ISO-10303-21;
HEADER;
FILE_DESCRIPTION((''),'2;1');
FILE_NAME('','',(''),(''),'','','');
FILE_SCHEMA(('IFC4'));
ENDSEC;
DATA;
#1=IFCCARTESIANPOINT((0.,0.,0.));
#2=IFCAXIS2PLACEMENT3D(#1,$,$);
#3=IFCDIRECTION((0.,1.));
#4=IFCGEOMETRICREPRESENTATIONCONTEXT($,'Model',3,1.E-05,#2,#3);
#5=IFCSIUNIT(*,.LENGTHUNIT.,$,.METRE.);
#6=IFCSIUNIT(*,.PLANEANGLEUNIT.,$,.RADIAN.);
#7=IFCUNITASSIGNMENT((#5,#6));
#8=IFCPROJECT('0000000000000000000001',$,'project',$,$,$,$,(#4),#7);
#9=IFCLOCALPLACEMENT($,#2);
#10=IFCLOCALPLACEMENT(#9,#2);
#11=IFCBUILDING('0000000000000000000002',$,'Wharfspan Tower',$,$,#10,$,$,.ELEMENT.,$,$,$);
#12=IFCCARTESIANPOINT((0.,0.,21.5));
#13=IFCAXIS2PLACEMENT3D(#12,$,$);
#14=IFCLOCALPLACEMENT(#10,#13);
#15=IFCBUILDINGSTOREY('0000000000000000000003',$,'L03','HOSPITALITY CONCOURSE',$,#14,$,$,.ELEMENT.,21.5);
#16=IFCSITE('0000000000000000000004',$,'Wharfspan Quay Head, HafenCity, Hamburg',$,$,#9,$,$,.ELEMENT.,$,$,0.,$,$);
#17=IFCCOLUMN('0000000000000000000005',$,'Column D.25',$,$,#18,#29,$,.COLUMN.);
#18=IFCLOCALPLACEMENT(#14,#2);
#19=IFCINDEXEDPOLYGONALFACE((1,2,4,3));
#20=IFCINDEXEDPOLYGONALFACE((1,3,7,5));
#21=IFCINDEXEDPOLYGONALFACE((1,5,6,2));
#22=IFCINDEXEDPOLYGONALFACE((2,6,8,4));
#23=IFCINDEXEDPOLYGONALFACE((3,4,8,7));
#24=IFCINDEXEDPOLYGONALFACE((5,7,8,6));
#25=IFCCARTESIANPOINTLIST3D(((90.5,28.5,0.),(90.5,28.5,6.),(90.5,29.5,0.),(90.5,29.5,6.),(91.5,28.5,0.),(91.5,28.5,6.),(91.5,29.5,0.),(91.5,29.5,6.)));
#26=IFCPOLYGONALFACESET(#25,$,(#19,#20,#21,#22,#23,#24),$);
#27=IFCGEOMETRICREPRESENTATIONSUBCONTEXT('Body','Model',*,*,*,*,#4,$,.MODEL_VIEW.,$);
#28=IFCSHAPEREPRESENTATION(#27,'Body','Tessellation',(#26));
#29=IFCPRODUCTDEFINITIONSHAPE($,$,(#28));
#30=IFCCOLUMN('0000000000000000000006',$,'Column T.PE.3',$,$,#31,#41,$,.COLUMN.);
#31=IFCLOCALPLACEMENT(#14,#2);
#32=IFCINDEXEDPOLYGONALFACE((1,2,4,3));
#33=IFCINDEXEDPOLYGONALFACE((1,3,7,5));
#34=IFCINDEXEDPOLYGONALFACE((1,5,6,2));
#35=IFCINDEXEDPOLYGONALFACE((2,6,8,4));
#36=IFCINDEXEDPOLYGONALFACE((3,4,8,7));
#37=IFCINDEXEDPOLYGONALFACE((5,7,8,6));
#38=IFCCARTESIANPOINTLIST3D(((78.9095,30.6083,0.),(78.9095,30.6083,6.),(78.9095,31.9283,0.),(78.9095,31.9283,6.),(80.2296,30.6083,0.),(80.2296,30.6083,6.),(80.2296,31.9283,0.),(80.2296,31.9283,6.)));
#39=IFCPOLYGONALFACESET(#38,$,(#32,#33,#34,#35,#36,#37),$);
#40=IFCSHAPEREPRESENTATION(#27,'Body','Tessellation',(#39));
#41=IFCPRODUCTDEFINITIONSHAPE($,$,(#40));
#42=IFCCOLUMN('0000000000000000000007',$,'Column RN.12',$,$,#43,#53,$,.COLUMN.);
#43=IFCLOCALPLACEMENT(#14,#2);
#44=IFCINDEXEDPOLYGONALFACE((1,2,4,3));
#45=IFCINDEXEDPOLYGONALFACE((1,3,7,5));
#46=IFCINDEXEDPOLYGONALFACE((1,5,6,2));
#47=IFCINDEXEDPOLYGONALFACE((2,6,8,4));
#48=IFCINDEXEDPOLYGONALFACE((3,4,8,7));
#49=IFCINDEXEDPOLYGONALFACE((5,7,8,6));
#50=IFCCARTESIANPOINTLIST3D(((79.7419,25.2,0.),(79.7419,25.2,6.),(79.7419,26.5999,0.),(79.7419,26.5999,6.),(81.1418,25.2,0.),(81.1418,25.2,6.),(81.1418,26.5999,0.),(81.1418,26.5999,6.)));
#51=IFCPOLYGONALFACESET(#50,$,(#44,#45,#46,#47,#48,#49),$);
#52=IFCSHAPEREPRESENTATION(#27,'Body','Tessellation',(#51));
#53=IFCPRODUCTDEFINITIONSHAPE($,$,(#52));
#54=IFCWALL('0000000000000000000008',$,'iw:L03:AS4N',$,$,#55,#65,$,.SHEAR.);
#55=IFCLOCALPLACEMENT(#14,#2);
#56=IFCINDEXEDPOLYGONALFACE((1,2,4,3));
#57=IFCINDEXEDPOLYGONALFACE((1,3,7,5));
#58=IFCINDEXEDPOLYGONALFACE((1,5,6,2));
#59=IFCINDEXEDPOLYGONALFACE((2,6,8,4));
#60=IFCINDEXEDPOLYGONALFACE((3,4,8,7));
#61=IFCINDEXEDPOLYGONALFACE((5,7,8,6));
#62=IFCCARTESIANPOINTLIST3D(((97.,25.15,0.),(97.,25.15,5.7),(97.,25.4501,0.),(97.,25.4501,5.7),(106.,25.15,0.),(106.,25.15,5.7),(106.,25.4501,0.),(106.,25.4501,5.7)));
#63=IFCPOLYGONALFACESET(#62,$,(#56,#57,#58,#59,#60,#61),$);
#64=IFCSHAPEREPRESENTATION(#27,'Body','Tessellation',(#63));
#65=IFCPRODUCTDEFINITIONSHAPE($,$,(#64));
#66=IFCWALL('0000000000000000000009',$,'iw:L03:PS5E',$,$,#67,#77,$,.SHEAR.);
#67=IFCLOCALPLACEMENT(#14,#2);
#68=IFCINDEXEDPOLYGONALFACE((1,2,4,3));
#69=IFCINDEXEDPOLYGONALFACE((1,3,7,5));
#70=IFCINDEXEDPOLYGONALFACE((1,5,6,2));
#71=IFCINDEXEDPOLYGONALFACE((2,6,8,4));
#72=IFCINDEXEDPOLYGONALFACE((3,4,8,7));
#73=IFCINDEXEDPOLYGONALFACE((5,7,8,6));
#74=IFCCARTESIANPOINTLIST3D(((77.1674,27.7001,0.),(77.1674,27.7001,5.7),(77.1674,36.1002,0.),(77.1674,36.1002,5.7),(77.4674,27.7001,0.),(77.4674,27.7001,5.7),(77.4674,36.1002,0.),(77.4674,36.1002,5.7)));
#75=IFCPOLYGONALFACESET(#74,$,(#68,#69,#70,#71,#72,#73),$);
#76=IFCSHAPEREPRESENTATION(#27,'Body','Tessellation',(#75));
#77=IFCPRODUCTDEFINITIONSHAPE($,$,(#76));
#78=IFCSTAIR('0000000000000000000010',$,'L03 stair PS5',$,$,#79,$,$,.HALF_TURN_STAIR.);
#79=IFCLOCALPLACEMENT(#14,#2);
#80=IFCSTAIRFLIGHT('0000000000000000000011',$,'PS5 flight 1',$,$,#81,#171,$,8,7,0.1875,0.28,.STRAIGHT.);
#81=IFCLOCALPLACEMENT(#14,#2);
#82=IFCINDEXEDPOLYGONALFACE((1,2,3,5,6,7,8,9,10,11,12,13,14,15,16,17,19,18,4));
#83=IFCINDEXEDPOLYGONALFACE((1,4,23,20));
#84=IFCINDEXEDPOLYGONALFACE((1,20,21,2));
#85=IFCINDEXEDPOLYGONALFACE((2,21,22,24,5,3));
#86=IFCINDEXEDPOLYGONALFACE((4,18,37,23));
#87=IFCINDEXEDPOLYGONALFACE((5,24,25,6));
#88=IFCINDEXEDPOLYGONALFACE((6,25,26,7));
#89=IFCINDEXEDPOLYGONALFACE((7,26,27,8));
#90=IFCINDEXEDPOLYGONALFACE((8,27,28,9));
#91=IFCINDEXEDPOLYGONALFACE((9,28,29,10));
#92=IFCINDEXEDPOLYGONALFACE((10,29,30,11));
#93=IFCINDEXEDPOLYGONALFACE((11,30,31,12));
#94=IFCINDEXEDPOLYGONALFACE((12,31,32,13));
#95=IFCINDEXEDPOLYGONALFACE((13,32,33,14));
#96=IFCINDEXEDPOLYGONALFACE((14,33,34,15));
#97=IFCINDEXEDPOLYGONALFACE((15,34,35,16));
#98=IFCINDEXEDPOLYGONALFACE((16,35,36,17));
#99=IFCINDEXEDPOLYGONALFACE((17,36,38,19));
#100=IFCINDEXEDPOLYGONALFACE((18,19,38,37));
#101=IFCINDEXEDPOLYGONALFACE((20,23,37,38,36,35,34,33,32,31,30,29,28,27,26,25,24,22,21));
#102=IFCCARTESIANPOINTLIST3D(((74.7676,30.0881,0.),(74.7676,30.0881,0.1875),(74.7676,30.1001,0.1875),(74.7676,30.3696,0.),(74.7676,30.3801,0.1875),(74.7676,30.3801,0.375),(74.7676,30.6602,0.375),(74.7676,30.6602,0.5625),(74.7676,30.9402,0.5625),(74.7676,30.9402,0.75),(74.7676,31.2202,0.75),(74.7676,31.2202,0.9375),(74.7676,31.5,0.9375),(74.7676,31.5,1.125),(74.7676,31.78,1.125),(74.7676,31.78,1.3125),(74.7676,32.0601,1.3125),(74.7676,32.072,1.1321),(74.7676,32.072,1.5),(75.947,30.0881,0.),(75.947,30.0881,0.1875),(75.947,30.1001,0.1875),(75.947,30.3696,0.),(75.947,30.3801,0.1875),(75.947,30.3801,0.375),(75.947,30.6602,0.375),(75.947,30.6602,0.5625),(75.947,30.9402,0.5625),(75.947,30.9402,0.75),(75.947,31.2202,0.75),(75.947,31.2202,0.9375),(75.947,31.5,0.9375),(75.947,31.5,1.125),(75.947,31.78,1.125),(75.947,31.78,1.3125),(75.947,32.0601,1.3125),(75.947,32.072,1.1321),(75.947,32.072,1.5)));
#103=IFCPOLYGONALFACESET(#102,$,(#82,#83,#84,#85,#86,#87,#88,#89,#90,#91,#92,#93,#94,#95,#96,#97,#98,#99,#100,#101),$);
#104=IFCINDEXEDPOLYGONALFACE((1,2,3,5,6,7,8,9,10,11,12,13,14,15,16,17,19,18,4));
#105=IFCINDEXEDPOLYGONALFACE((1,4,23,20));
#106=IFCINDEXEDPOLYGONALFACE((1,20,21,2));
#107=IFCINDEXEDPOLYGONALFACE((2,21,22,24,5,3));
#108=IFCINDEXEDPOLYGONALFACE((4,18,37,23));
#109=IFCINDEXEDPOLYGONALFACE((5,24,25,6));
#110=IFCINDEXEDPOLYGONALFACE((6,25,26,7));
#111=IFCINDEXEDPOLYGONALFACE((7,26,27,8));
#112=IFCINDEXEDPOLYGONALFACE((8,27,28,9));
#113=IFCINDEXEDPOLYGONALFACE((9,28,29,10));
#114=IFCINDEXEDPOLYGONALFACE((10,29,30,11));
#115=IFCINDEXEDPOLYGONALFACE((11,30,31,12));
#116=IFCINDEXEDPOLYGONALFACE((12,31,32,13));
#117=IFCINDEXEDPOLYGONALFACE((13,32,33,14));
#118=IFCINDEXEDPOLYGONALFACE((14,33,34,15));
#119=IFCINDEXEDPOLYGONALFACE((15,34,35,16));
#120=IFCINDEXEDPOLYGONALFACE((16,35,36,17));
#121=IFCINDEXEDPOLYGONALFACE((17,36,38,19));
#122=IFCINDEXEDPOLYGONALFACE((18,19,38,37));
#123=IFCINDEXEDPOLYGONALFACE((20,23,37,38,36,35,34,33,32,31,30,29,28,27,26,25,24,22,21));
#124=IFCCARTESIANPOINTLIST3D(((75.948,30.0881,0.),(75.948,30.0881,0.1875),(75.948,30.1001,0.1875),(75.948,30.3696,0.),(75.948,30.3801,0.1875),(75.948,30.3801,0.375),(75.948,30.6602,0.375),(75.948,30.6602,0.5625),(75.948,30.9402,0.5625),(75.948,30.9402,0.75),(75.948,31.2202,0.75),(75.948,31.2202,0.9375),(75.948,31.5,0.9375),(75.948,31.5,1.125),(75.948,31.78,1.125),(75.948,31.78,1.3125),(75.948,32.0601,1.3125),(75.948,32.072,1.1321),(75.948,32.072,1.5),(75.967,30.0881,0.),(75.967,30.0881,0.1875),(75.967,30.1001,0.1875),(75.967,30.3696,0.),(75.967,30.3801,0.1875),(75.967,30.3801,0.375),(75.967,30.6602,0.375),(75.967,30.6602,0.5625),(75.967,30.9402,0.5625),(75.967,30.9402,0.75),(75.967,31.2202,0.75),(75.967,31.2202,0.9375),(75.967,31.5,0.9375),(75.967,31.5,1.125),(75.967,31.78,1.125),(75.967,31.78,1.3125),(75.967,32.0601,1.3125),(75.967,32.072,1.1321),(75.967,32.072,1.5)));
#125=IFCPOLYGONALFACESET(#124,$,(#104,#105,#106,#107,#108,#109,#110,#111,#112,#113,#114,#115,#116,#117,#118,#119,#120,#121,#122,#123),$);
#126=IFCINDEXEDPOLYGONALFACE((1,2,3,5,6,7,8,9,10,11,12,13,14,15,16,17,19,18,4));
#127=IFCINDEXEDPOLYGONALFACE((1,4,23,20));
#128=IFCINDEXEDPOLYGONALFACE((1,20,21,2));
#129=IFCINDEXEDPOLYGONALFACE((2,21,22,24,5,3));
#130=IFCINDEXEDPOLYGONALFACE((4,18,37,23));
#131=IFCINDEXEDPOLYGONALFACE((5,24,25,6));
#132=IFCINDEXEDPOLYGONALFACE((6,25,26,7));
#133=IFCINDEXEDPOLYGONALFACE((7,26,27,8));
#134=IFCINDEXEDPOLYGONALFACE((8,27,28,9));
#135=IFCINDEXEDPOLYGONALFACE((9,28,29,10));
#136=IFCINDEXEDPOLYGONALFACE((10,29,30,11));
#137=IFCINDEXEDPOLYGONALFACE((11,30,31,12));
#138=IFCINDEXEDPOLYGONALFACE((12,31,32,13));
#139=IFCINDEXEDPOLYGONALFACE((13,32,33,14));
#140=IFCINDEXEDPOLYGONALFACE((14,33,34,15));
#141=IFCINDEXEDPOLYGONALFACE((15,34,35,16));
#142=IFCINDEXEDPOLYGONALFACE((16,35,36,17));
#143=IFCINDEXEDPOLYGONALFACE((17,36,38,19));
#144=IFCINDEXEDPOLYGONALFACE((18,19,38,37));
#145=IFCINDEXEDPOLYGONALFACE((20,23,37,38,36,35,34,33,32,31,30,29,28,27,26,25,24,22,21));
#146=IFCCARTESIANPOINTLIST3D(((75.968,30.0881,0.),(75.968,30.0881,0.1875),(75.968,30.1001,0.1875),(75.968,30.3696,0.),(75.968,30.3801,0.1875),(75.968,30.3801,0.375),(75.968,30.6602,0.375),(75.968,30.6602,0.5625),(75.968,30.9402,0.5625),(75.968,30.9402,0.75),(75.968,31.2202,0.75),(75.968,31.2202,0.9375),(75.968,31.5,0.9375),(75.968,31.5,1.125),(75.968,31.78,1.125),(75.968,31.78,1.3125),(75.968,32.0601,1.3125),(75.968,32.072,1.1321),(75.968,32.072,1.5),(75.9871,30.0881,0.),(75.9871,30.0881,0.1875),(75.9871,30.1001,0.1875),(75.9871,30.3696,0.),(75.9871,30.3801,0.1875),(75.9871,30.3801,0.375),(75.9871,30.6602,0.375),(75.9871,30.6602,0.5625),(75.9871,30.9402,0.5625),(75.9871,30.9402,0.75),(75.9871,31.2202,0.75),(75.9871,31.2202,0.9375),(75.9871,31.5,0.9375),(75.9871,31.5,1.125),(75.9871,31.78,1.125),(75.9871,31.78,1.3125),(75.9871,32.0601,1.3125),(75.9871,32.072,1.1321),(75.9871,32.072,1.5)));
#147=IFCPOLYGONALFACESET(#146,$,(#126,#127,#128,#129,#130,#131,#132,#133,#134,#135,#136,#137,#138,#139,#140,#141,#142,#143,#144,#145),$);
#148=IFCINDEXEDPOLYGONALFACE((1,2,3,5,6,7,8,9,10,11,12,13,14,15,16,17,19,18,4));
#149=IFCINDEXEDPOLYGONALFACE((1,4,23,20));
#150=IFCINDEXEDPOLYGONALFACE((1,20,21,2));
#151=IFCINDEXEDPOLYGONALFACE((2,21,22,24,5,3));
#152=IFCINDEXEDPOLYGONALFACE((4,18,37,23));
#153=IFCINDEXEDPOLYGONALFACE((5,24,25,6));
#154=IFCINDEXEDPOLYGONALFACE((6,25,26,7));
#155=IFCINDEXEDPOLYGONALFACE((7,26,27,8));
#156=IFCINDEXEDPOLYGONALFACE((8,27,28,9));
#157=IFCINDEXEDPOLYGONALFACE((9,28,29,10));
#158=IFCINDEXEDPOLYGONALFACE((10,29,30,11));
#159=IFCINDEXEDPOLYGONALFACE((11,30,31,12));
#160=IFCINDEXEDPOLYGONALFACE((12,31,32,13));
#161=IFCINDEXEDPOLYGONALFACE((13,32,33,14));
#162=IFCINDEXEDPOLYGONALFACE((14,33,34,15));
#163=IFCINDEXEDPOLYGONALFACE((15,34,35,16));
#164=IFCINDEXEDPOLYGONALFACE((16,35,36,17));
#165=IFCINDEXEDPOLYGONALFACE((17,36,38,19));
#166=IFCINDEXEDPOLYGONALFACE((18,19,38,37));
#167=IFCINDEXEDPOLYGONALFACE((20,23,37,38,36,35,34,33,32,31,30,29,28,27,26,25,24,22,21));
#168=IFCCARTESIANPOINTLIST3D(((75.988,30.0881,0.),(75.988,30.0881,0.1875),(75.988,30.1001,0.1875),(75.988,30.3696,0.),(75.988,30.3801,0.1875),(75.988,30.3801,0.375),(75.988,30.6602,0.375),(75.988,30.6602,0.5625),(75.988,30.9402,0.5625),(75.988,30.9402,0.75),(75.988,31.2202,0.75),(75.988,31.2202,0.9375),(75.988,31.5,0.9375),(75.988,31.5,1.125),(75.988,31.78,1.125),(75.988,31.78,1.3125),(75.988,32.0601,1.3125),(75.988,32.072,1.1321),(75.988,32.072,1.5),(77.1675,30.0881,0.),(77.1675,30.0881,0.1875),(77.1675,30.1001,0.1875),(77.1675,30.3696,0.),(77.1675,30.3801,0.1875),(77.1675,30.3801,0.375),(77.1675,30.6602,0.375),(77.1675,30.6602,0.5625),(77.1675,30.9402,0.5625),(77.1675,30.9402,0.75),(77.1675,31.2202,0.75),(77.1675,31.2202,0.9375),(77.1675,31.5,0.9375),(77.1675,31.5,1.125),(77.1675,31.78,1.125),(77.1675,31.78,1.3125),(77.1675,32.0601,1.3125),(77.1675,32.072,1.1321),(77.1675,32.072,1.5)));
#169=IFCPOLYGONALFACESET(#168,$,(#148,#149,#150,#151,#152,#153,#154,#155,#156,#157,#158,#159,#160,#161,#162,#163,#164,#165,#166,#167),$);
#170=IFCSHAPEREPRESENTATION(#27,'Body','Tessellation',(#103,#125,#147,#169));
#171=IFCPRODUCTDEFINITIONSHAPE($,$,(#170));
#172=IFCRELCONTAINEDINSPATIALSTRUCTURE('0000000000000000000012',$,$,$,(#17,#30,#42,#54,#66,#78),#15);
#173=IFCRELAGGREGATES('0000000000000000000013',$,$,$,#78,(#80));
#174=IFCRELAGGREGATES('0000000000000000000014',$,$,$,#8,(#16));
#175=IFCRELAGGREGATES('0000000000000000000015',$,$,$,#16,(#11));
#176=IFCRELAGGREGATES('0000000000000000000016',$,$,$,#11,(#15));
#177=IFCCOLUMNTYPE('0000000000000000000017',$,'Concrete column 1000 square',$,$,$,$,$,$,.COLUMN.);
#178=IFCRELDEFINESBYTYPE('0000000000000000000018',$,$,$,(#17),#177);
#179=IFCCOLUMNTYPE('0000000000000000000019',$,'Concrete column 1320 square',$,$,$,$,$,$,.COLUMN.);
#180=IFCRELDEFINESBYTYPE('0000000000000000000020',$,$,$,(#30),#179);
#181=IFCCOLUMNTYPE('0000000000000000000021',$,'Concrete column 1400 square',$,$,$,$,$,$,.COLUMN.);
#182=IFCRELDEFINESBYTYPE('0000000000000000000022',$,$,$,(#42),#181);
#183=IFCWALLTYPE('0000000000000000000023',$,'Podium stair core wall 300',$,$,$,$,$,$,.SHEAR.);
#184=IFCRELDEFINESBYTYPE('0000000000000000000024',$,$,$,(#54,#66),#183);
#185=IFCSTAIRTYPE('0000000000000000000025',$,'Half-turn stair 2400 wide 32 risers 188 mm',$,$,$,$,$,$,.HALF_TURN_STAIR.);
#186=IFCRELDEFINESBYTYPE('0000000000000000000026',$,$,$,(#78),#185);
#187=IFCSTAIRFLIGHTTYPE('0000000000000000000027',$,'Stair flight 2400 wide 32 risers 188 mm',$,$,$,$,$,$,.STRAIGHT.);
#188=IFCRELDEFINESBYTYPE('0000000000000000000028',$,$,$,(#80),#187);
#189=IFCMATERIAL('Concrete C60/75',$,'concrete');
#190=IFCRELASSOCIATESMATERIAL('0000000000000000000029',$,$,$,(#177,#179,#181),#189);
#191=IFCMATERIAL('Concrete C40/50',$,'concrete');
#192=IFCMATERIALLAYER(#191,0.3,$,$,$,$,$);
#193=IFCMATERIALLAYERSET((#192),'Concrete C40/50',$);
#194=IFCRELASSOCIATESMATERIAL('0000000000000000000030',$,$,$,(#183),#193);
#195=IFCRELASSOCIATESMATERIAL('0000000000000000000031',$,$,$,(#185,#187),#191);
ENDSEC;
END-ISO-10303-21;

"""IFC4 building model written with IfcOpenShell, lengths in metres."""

from ifc_helpers import new_model, si_unit, direction, frame, frame_2d, origin, origin_2d, place, context, subcontext, project, spatial, polyline, rectangle, outline, extrude, material, layer, layer_set, material_profile, profile_set, type_object, element, aggregate, save


model = new_model("IFC4")

# Units and contexts
model_context = context("Model", 3, precision=1e-05, world=origin(), true_north=direction((0.0, 1.0)))
body_context = subcontext(model_context, "Body", "Model", "MODEL_VIEW")
ifc_project = project(units=[si_unit("LENGTHUNIT", "METRE"), si_unit("PLANEANGLEUNIT", "RADIAN")], contexts=[model_context])

# Site, building, storey
site_placement = place(None, origin())
site = spatial("IfcSite", under=ifc_project, at=site_placement, Name="Wharfspan Quay Head, HafenCity, Hamburg", CompositionType="ELEMENT", RefElevation=0.0)
building_placement = place(site_placement, origin())
building = spatial("IfcBuilding", under=site, at=building_placement, Name="Wharfspan Tower", CompositionType="ELEMENT")
storey_placement = place(building_placement, frame((0.0, 0.0, 21.5)))
storey = spatial("IfcBuildingStorey", under=building, at=storey_placement, Name="L03", Description="HOSPITALITY CONCOURSE", CompositionType="ELEMENT", Elevation=21.5)

# Columns
ifc_material_1 = material(Name="Concrete C60/75", Category="concrete")
ifc_material_profile_1 = material_profile(ifc_material_1, rectangle(XDim=1.0, YDim=1.0, at=origin_2d()))
ifc_profile_set_1 = profile_set([ifc_material_profile_1], Name="Concrete C60/75")
column_type_1 = type_object("IfcColumnType", Name="Concrete column 1000 square", PredefinedType="COLUMN", material=ifc_profile_set_1)
column_1_placement = place(storey_placement, frame((91.0, 29.0, 0.0), z_axis=(0.0, 0.0, 1.0), x_axis=(1.0, 0.0, 0.0)))
element("IfcColumn", 1, at=column_1_placement, inside=storey, type_object=column_type_1, Name="Column D.25", PredefinedType="COLUMN", context=body_context, shape_type="SweptSolid", body=[
    extrude(rectangle(XDim=1.0, YDim=1.0, at=origin_2d()), origin(), (0.0, 0.0, 1.0), 6.0),
])
ifc_material_profile_2 = material_profile(ifc_material_1, rectangle(XDim=1.3201, YDim=1.3201, at=origin_2d()))
ifc_profile_set_2 = profile_set([ifc_material_profile_2], Name="Concrete C60/75")
column_type_2 = type_object("IfcColumnType", Name="Concrete column 1320 square", PredefinedType="COLUMN", material=ifc_profile_set_2)
column_2_placement = place(storey_placement, frame((79.5696, 31.2683, 0.0), z_axis=(0.0, 0.0, 1.0), x_axis=(1.0, 0.0, 0.0)))
element("IfcColumn", 2, at=column_2_placement, inside=storey, type_object=column_type_2, Name="Column T.PE.3", PredefinedType="COLUMN", context=body_context, shape_type="SweptSolid", body=[
    extrude(rectangle(XDim=1.3201, YDim=1.3201, at=origin_2d()), origin(), (0.0, 0.0, 1.0), 6.0),
])
ifc_material_profile_3 = material_profile(ifc_material_1, rectangle(XDim=1.3999, YDim=1.3999, at=origin_2d()))
ifc_profile_set_3 = profile_set([ifc_material_profile_3], Name="Concrete C60/75")
column_type_3 = type_object("IfcColumnType", Name="Concrete column 1400 square", PredefinedType="COLUMN", material=ifc_profile_set_3)
column_3_placement = place(storey_placement, frame((80.4419, 25.8999, 0.0), z_axis=(0.0, 0.0, 1.0), x_axis=(1.0, 0.0, 0.0)))
element("IfcColumn", 3, at=column_3_placement, inside=storey, type_object=column_type_3, Name="Column RN.12", PredefinedType="COLUMN", context=body_context, shape_type="SweptSolid", body=[
    extrude(rectangle(XDim=1.3999, YDim=1.3999, at=origin_2d()), origin(), (0.0, 0.0, 1.0), 6.0),
])

# Walls
ifc_material_2 = material(Name="Concrete C40/50", Category="concrete")
ifc_layer = layer(ifc_material_2, 0.3)
ifc_layer_set = layer_set([ifc_layer], Name="Concrete C40/50")
wall_type = type_object("IfcWallType", Name="Podium stair core wall 300", PredefinedType="SHEAR", material=ifc_layer_set)
wall_1_placement = place(storey_placement, frame((97.0, 25.3, 0.0), z_axis=(0.0, 0.0, 1.0), x_axis=(1.0, 0.0, 0.0)))
element("IfcWall", 4, at=wall_1_placement, inside=storey, type_object=wall_type, Name="iw:L03:AS4N", PredefinedType="SHEAR", context=body_context, shape_type="SweptSolid", body=[
    extrude(rectangle(XDim=9.0, YDim=0.3, at=frame_2d((4.5, 0.0))), origin(), (0.0, 0.0, 1.0), 5.7),
])
wall_2_placement = place(storey_placement, frame((77.3174, 27.7, 0.0), z_axis=(0.0, 0.0, 1.0), x_axis=(0.0, 1.0, 0.0)))
element("IfcWall", 5, at=wall_2_placement, inside=storey, type_object=wall_type, Name="iw:L03:PS5E", PredefinedType="SHEAR", context=body_context, shape_type="SweptSolid", body=[
    extrude(rectangle(XDim=8.4001, YDim=0.3, at=frame_2d((4.2002, 0.0))), origin(), (0.0, 0.0, 1.0), 5.7),
])

# Stair, stair flight
stair_type = type_object("IfcStairType", Name="Half-turn stair 2400 wide 32 risers 188 mm", PredefinedType="HALF_TURN_STAIR", material=ifc_material_2)
stair_placement = place(storey_placement, origin())
stair = element("IfcStair", 6, at=stair_placement, inside=storey, type_object=stair_type, Name="L03 stair PS5", PredefinedType="HALF_TURN_STAIR")
stair_flight_type = type_object("IfcStairFlightType", Name="Stair flight 2400 wide 32 risers 188 mm", PredefinedType="STRAIGHT", material=ifc_material_2)
stair_flight_1_placement = place(storey_placement, frame((75.9675, 30.1001, 0.0), z_axis=(0.0, 0.0, 1.0), x_axis=(0.0, 1.0, 0.0)))
stair_flight_1 = element("IfcStairFlight", 7, at=stair_flight_1_placement, type_object=stair_flight_type, Name="PS5 flight 1", NumberOfRisers=8, NumberOfTreads=7, PredefinedType="STRAIGHT", RiserHeight=0.1875, TreadLength=0.28, context=body_context, shape_type="SweptSolid", body=[
    extrude(outline(polyline([(-0.012, 0.0), (-0.012, 0.1875), (0.0, 0.1875), (0.28, 0.1875), (0.28, 0.375), (0.5601, 0.375), (0.5601, 0.5625), (0.8401, 0.5625), (0.8401, 0.75), (1.1201, 0.75), (1.1201, 0.9375), (1.3999, 0.9375), (1.3999, 1.125), (1.6799, 1.125), (1.6799, 1.3125), (1.96, 1.3125), (1.9719, 1.5), (1.9719, 1.1321), (0.2695, 0.0), (-0.012, 0.0)])), frame((0.0, 1.2, 0.0), z_axis=(0.0, -1.0, 0.0), x_axis=(1.0, 0.0, 0.0)), (0.0, 0.0, 1.0), 1.1794),
    extrude(outline(polyline([(-0.012, 0.0), (-0.012, 0.1875), (0.0, 0.1875), (0.28, 0.1875), (0.28, 0.375), (0.5601, 0.375), (0.5601, 0.5625), (0.8401, 0.5625), (0.8401, 0.75), (1.1201, 0.75), (1.1201, 0.9375), (1.3999, 0.9375), (1.3999, 1.125), (1.6799, 1.125), (1.6799, 1.3125), (1.96, 1.3125), (1.9719, 1.5), (1.9719, 1.1321), (0.2695, 0.0), (-0.012, 0.0)])), frame((0.0, 0.0195, 0.0), z_axis=(0.0, -1.0, 0.0), x_axis=(1.0, 0.0, 0.0)), (0.0, 0.0, 1.0), 0.019),
    extrude(outline(polyline([(-0.012, 0.0), (-0.012, 0.1875), (0.0, 0.1875), (0.28, 0.1875), (0.28, 0.375), (0.5601, 0.375), (0.5601, 0.5625), (0.8401, 0.5625), (0.8401, 0.75), (1.1201, 0.75), (1.1201, 0.9375), (1.3999, 0.9375), (1.3999, 1.125), (1.6799, 1.125), (1.6799, 1.3125), (1.96, 1.3125), (1.9719, 1.5), (1.9719, 1.1321), (0.2695, 0.0), (-0.012, 0.0)])), frame((0.0, -0.0005, 0.0), z_axis=(0.0, -1.0, 0.0), x_axis=(1.0, 0.0, 0.0)), (0.0, 0.0, 1.0), 0.019),
    extrude(outline(polyline([(-0.012, 0.0), (-0.012, 0.1875), (0.0, 0.1875), (0.28, 0.1875), (0.28, 0.375), (0.5601, 0.375), (0.5601, 0.5625), (0.8401, 0.5625), (0.8401, 0.75), (1.1201, 0.75), (1.1201, 0.9375), (1.3999, 0.9375), (1.3999, 1.125), (1.6799, 1.125), (1.6799, 1.3125), (1.96, 1.3125), (1.9719, 1.5), (1.9719, 1.1321), (0.2695, 0.0), (-0.012, 0.0)])), frame((0.0, -0.0205, 0.0), z_axis=(0.0, -1.0, 0.0), x_axis=(1.0, 0.0, 0.0)), (0.0, 0.0, 1.0), 1.1794),
])
aggregate(stair, [stair_flight_1])

save(model, "model.ifc")
